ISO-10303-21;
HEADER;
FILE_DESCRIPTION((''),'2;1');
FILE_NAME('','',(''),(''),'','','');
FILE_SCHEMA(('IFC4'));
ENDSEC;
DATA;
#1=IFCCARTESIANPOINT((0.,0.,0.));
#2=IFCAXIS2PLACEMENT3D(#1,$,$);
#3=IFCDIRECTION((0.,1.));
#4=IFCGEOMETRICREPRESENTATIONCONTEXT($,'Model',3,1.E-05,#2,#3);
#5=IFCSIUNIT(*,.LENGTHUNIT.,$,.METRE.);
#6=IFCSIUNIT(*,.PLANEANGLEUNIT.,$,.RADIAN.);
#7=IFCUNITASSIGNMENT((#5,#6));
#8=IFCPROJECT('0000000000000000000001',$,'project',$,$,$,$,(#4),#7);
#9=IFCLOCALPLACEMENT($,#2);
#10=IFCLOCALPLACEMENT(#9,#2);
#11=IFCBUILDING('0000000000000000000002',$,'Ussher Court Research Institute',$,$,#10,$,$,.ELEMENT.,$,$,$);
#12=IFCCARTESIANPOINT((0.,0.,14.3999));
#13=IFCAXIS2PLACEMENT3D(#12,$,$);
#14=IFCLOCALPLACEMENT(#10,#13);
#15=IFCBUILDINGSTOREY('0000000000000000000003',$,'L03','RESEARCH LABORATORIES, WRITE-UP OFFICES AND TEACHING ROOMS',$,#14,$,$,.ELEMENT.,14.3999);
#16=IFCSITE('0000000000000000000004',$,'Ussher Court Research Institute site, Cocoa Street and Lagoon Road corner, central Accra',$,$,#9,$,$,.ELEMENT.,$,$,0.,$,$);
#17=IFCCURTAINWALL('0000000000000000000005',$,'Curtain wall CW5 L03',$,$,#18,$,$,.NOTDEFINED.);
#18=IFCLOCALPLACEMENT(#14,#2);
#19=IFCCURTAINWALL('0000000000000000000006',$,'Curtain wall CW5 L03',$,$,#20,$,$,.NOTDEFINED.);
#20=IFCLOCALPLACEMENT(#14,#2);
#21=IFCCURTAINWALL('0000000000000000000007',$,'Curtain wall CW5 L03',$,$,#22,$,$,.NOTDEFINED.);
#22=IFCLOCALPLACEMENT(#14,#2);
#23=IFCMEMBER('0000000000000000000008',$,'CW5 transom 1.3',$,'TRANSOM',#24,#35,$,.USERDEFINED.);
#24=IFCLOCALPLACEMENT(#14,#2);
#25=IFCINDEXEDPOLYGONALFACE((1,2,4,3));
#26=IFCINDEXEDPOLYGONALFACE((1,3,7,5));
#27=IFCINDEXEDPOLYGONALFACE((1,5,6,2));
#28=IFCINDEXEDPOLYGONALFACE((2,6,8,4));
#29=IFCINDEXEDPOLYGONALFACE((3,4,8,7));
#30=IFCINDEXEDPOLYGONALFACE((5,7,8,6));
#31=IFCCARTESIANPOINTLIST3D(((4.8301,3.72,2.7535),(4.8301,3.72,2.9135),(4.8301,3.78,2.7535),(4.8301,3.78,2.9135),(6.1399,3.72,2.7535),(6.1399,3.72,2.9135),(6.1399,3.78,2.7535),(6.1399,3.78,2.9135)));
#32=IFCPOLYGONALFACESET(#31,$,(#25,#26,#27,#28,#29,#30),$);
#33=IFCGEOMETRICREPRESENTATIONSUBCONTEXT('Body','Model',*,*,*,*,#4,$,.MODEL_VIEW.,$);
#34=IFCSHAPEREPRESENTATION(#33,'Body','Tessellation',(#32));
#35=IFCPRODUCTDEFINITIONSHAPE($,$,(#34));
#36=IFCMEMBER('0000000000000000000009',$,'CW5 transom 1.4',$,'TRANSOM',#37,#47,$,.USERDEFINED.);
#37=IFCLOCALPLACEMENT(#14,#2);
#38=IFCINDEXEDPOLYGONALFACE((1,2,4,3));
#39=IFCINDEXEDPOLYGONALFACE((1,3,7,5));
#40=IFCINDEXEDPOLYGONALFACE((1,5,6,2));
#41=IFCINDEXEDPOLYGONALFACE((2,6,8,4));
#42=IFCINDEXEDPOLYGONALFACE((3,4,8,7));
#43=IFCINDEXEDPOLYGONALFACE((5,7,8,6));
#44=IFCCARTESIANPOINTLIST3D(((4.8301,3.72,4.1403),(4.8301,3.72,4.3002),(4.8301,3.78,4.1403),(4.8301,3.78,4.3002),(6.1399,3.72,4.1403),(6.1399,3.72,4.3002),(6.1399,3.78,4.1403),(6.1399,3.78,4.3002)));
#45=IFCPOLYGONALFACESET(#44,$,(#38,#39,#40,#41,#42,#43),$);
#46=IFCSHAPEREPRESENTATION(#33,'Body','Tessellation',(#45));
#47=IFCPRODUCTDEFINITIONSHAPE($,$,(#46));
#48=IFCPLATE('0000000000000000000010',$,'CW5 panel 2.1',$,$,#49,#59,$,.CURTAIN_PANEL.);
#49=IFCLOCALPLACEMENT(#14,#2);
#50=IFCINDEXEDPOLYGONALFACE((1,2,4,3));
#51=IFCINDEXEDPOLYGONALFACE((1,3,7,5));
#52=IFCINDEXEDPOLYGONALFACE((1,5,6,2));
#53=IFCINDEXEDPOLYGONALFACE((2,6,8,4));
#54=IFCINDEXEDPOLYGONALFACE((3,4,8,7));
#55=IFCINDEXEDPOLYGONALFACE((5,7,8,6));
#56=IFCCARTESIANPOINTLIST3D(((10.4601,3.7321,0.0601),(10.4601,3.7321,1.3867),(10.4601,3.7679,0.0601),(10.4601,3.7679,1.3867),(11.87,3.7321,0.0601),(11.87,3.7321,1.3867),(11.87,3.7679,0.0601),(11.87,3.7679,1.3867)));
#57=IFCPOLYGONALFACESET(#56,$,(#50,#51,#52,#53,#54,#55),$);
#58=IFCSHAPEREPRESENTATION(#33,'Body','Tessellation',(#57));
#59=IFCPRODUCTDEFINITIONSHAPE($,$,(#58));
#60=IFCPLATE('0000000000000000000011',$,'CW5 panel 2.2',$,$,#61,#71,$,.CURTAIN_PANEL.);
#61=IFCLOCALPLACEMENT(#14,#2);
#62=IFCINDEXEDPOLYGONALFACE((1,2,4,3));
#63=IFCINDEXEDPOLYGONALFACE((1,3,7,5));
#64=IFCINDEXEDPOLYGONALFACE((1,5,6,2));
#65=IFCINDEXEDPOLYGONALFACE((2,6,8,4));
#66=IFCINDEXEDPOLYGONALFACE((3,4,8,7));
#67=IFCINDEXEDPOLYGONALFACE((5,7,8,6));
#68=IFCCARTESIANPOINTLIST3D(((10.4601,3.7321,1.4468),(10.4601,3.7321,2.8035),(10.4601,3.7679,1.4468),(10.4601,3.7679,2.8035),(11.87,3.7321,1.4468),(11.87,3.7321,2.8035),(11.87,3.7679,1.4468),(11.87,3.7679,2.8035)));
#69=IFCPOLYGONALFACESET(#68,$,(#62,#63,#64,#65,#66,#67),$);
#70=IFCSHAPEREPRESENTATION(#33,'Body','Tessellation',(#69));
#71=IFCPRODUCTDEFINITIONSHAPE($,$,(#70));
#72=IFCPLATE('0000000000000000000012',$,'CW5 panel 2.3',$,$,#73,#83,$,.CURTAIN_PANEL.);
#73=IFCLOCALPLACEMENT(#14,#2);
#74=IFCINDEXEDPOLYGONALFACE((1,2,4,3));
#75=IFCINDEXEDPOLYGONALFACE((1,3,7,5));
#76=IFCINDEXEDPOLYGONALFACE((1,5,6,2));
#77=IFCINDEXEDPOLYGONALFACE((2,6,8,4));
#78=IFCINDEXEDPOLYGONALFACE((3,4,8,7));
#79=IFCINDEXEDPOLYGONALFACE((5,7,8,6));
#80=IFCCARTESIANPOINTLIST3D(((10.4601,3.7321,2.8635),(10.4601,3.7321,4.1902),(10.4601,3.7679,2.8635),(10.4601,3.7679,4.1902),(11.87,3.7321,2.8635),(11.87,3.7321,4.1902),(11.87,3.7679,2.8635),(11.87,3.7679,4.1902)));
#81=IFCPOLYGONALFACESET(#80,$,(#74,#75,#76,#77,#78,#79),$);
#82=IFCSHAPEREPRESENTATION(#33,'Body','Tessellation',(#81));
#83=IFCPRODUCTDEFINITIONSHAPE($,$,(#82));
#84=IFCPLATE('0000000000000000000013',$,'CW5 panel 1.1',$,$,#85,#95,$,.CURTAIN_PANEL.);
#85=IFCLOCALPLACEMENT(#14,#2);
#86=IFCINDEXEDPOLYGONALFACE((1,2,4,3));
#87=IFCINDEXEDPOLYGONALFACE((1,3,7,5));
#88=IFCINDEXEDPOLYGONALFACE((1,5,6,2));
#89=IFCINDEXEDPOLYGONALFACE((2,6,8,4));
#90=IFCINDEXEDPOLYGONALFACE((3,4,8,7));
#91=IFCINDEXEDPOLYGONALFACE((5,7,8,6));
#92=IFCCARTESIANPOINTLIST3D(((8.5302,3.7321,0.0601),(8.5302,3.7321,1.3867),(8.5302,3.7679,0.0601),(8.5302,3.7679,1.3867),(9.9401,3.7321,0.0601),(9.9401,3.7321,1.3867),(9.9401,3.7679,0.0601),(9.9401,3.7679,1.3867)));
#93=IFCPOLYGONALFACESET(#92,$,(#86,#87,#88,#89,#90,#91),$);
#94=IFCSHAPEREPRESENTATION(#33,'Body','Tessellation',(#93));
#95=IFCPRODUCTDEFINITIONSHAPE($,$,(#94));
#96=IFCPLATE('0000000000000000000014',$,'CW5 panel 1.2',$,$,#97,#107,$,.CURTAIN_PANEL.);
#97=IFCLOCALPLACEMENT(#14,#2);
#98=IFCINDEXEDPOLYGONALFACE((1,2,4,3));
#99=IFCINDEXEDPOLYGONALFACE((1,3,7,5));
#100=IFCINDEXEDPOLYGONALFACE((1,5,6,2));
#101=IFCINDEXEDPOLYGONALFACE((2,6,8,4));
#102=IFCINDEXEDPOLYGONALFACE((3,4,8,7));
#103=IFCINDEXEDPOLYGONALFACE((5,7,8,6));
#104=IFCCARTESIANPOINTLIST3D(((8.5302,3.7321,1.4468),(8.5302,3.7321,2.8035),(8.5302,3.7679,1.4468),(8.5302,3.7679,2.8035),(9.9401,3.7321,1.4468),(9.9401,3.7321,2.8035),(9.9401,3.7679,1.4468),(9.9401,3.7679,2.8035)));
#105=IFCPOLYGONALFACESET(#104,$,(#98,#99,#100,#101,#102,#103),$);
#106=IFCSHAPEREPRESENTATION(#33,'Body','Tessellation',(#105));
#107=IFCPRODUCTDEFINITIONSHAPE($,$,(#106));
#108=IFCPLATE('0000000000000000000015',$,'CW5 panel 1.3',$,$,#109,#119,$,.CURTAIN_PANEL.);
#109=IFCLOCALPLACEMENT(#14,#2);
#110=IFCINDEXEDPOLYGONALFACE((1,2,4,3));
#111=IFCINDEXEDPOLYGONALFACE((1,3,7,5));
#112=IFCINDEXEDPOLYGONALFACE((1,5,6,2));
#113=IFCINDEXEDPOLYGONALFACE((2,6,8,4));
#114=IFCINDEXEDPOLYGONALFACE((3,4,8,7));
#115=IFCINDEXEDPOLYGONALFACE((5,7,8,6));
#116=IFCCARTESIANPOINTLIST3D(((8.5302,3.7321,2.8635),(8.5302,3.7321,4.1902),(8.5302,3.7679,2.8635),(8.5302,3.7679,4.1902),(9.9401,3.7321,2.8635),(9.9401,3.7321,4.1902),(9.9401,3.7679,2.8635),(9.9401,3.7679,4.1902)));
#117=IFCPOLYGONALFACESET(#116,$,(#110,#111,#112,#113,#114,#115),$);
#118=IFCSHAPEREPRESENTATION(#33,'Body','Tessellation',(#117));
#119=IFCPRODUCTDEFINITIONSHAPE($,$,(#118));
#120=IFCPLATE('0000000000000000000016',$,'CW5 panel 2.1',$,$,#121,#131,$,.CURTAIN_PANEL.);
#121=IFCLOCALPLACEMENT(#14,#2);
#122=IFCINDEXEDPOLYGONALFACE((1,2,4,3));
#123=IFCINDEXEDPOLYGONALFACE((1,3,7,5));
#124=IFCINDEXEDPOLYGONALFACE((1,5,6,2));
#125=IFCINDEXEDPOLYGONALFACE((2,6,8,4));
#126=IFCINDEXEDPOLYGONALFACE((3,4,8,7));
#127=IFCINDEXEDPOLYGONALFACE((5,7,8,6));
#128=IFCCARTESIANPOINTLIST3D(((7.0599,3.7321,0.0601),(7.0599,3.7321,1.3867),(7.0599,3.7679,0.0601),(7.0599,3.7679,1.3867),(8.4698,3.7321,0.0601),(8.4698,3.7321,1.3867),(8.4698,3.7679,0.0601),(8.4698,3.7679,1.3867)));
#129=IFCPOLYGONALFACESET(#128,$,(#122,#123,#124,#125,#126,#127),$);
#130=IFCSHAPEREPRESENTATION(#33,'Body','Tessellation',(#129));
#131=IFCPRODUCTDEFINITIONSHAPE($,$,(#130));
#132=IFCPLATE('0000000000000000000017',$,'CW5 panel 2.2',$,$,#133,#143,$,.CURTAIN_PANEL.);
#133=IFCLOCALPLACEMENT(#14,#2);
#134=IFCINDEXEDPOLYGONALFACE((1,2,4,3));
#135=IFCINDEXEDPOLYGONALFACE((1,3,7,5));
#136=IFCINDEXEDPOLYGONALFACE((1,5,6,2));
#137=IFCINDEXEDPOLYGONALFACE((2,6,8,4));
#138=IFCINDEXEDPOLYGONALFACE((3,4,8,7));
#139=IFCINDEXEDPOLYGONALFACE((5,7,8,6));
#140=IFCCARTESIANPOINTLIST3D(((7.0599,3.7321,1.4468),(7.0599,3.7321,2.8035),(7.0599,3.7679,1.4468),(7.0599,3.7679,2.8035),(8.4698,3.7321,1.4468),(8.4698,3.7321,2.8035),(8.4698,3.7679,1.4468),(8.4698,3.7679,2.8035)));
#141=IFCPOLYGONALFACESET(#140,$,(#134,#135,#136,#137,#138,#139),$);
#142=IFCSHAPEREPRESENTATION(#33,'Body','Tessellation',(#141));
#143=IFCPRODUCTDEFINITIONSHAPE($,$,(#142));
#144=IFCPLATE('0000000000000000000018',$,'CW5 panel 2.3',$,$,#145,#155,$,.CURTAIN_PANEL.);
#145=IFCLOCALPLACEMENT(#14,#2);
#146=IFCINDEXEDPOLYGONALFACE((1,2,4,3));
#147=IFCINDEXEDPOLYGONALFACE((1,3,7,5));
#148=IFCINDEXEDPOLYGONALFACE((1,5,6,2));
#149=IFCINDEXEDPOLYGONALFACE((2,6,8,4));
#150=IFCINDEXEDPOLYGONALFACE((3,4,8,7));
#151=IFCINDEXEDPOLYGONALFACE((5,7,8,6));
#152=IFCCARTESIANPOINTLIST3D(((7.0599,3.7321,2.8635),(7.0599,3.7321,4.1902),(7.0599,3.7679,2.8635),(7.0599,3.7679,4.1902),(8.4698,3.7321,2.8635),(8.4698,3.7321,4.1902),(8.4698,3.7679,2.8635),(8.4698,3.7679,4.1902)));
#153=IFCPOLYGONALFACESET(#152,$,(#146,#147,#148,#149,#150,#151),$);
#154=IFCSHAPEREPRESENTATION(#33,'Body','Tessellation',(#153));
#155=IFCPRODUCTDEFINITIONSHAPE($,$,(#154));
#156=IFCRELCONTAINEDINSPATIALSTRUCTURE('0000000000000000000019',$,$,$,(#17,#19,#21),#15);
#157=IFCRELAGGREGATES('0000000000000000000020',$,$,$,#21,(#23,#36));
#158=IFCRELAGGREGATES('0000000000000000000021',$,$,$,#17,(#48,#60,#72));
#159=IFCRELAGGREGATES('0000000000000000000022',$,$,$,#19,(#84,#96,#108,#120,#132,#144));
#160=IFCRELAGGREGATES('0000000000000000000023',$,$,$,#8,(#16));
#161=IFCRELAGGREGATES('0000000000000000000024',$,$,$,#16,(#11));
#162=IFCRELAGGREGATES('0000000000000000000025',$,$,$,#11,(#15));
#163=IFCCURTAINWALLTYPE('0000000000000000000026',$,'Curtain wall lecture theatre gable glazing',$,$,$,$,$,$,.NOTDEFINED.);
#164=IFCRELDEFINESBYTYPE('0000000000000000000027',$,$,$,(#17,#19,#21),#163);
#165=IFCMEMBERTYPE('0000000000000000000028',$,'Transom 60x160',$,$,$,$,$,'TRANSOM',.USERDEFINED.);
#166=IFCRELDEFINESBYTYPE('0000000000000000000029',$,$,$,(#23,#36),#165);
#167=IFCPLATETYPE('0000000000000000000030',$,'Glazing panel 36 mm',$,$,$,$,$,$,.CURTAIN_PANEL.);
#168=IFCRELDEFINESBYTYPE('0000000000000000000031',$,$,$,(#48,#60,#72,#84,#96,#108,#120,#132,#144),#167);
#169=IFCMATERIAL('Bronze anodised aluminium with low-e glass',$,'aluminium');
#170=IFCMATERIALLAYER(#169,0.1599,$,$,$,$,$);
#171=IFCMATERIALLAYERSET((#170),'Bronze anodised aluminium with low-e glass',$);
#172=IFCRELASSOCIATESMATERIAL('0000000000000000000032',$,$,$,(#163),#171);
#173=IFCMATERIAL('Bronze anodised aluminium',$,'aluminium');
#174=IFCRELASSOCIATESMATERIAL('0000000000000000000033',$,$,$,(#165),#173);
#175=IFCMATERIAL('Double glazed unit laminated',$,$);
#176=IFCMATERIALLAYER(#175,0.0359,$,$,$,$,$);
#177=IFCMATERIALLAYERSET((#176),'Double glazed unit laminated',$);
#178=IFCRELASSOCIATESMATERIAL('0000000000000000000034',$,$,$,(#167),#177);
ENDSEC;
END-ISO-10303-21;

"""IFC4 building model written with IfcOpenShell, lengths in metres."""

from ifc_helpers import new_model, si_unit, direction, frame, origin, origin_2d, place, context, subcontext, project, spatial, rectangle, extrude, material, layer, layer_set, material_profile, profile_set, type_object, element, aggregate, save


model = new_model("IFC4")

# Units and contexts
model_context = context("Model", 3, precision=1e-05, world=origin(), true_north=direction((0.0, 1.0)))
body_context = subcontext(model_context, "Body", "Model", "MODEL_VIEW")
ifc_project = project(units=[si_unit("LENGTHUNIT", "METRE"), si_unit("PLANEANGLEUNIT", "RADIAN")], contexts=[model_context])

# Site, building, storey
site_placement = place(None, origin())
site = spatial("IfcSite", under=ifc_project, at=site_placement, Name="Ussher Court Research Institute site, Cocoa Street and Lagoon Road corner, central Accra", CompositionType="ELEMENT", RefElevation=0.0)
building_placement = place(site_placement, origin())
building = spatial("IfcBuilding", under=site, at=building_placement, Name="Ussher Court Research Institute", CompositionType="ELEMENT")
storey_placement = place(building_placement, frame((0.0, 0.0, 14.3999)))
storey = spatial("IfcBuildingStorey", under=building, at=storey_placement, Name="L03", Description="RESEARCH LABORATORIES, WRITE-UP OFFICES AND TEACHING ROOMS", CompositionType="ELEMENT", Elevation=14.3999)

# Curtain wall
ifc_material_1 = material(Name="Bronze anodised aluminium with low-e glass", Category="aluminium")
ifc_layer_1 = layer(ifc_material_1, 0.1599)
ifc_layer_set_1 = layer_set([ifc_layer_1], Name="Bronze anodised aluminium with low-e glass")
curtain_wall_type = type_object("IfcCurtainWallType", Name="Curtain wall lecture theatre gable glazing", PredefinedType="NOTDEFINED", material=ifc_layer_set_1)
curtain_wall_1_placement = place(storey_placement, origin())
curtain_wall_1 = element("IfcCurtainWall", 1, at=curtain_wall_1_placement, inside=storey, type_object=curtain_wall_type, Name="Curtain wall CW5 L03", PredefinedType="NOTDEFINED")

# Curtain wall
curtain_wall_2_placement = place(storey_placement, origin())
curtain_wall_2 = element("IfcCurtainWall", 2, at=curtain_wall_2_placement, inside=storey, type_object=curtain_wall_type, Name="Curtain wall CW5 L03", PredefinedType="NOTDEFINED")

# Curtain wall
curtain_wall_3_placement = place(storey_placement, origin())
curtain_wall_3 = element("IfcCurtainWall", 3, at=curtain_wall_3_placement, inside=storey, type_object=curtain_wall_type, Name="Curtain wall CW5 L03", PredefinedType="NOTDEFINED")

# Members
ifc_material_2 = material(Name="Bronze anodised aluminium", Category="aluminium")
ifc_material_profile_1 = material_profile(ifc_material_2, rectangle(XDim=0.0601, YDim=0.1599, at=origin_2d()), Name="Transom 60x160")
ifc_profile_set_1 = profile_set([ifc_material_profile_1], Name="Bronze anodised aluminium")
member_type_1 = type_object("IfcMemberType", Name="Transom 60x160", ElementType="TRANSOM", PredefinedType="USERDEFINED", material=ifc_profile_set_1)
member_1_placement = place(storey_placement, frame((6.1399, 3.75, 2.8335), z_axis=(-1.0, 0.0, 0.0), x_axis=(0.0, -1.0, 0.0)))
member_1 = element("IfcMember", 4, at=member_1_placement, type_object=member_type_1, Name="CW5 transom 1.3", ObjectType="TRANSOM", PredefinedType="USERDEFINED", context=body_context, shape_type="SweptSolid", body=[
    extrude(rectangle(XDim=0.0601, YDim=0.1599, at=origin_2d()), origin(), (0.0, 0.0, 1.0), 1.3098),
])
member_2_placement = place(storey_placement, frame((6.1399, 3.75, 4.2202), z_axis=(-1.0, 0.0, 0.0), x_axis=(0.0, -1.0, 0.0)))
member_2 = element("IfcMember", 5, at=member_2_placement, type_object=member_type_1, Name="CW5 transom 1.4", ObjectType="TRANSOM", PredefinedType="USERDEFINED", context=body_context, shape_type="SweptSolid", body=[
    extrude(rectangle(XDim=0.0601, YDim=0.1599, at=origin_2d()), origin(), (0.0, 0.0, 1.0), 1.3098),
])
aggregate(curtain_wall_3, [member_1, member_2])

# Plates
ifc_material_3 = material(Name="Double glazed unit laminated")
ifc_layer_2 = layer(ifc_material_3, 0.0359)
ifc_layer_set_2 = layer_set([ifc_layer_2], Name="Double glazed unit laminated")
plate_type = type_object("IfcPlateType", Name="Glazing panel 36 mm", PredefinedType="CURTAIN_PANEL", material=ifc_layer_set_2)
plate_1_placement = place(storey_placement, frame((11.165, 3.75, 0.0601), z_axis=(0.0, 0.0, 1.0), x_axis=(-1.0, 0.0, 0.0)))
plate_1 = element("IfcPlate", 6, at=plate_1_placement, type_object=plate_type, Name="CW5 panel 2.1", PredefinedType="CURTAIN_PANEL", context=body_context, shape_type="SweptSolid", body=[
    extrude(rectangle(XDim=1.4099, YDim=0.0359, at=origin_2d()), origin(), (0.0, 0.0, 1.0), 1.3267),
])
plate_2_placement = place(storey_placement, frame((11.165, 3.75, 1.4468), z_axis=(0.0, 0.0, 1.0), x_axis=(-1.0, 0.0, 0.0)))
plate_2 = element("IfcPlate", 7, at=plate_2_placement, type_object=plate_type, Name="CW5 panel 2.2", PredefinedType="CURTAIN_PANEL", context=body_context, shape_type="SweptSolid", body=[
    extrude(rectangle(XDim=1.4099, YDim=0.0359, at=origin_2d()), origin(), (0.0, 0.0, 1.0), 1.3567),
])
plate_3_placement = place(storey_placement, frame((11.165, 3.75, 2.8635), z_axis=(0.0, 0.0, 1.0), x_axis=(-1.0, 0.0, 0.0)))
plate_3 = element("IfcPlate", 8, at=plate_3_placement, type_object=plate_type, Name="CW5 panel 2.3", PredefinedType="CURTAIN_PANEL", context=body_context, shape_type="SweptSolid", body=[
    extrude(rectangle(XDim=1.4099, YDim=0.0359, at=origin_2d()), origin(), (0.0, 0.0, 1.0), 1.3267),
])
aggregate(curtain_wall_1, [plate_1, plate_2, plate_3])
plate_4_placement = place(storey_placement, frame((9.2351, 3.75, 0.0601), z_axis=(0.0, 0.0, 1.0), x_axis=(-1.0, 0.0, 0.0)))
plate_4 = element("IfcPlate", 9, at=plate_4_placement, type_object=plate_type, Name="CW5 panel 1.1", PredefinedType="CURTAIN_PANEL", context=body_context, shape_type="SweptSolid", body=[
    extrude(rectangle(XDim=1.4099, YDim=0.0359, at=origin_2d()), origin(), (0.0, 0.0, 1.0), 1.3267),
])
plate_5_placement = place(storey_placement, frame((9.2351, 3.75, 1.4468), z_axis=(0.0, 0.0, 1.0), x_axis=(-1.0, 0.0, 0.0)))
plate_5 = element("IfcPlate", 10, at=plate_5_placement, type_object=plate_type, Name="CW5 panel 1.2", PredefinedType="CURTAIN_PANEL", context=body_context, shape_type="SweptSolid", body=[
    extrude(rectangle(XDim=1.4099, YDim=0.0359, at=origin_2d()), origin(), (0.0, 0.0, 1.0), 1.3567),
])
plate_6_placement = place(storey_placement, frame((9.2351, 3.75, 2.8635), z_axis=(0.0, 0.0, 1.0), x_axis=(-1.0, 0.0, 0.0)))
plate_6 = element("IfcPlate", 11, at=plate_6_placement, type_object=plate_type, Name="CW5 panel 1.3", PredefinedType="CURTAIN_PANEL", context=body_context, shape_type="SweptSolid", body=[
    extrude(rectangle(XDim=1.4099, YDim=0.0359, at=origin_2d()), origin(), (0.0, 0.0, 1.0), 1.3267),
])
plate_7_placement = place(storey_placement, frame((7.7649, 3.75, 0.0601), z_axis=(0.0, 0.0, 1.0), x_axis=(-1.0, 0.0, 0.0)))
plate_7 = element("IfcPlate", 12, at=plate_7_placement, type_object=plate_type, Name="CW5 panel 2.1", PredefinedType="CURTAIN_PANEL", context=body_context, shape_type="SweptSolid", body=[
    extrude(rectangle(XDim=1.4099, YDim=0.0359, at=origin_2d()), origin(), (0.0, 0.0, 1.0), 1.3267),
])
plate_8_placement = place(storey_placement, frame((7.7649, 3.75, 1.4468), z_axis=(0.0, 0.0, 1.0), x_axis=(-1.0, 0.0, 0.0)))
plate_8 = element("IfcPlate", 13, at=plate_8_placement, type_object=plate_type, Name="CW5 panel 2.2", PredefinedType="CURTAIN_PANEL", context=body_context, shape_type="SweptSolid", body=[
    extrude(rectangle(XDim=1.4099, YDim=0.0359, at=origin_2d()), origin(), (0.0, 0.0, 1.0), 1.3567),
])
plate_9_placement = place(storey_placement, frame((7.7649, 3.75, 2.8635), z_axis=(0.0, 0.0, 1.0), x_axis=(-1.0, 0.0, 0.0)))
plate_9 = element("IfcPlate", 14, at=plate_9_placement, type_object=plate_type, Name="CW5 panel 2.3", PredefinedType="CURTAIN_PANEL", context=body_context, shape_type="SweptSolid", body=[
    extrude(rectangle(XDim=1.4099, YDim=0.0359, at=origin_2d()), origin(), (0.0, 0.0, 1.0), 1.3267),
])
aggregate(curtain_wall_2, [plate_4, plate_5, plate_6, plate_7, plate_8, plate_9])

save(model, "model.ifc")
